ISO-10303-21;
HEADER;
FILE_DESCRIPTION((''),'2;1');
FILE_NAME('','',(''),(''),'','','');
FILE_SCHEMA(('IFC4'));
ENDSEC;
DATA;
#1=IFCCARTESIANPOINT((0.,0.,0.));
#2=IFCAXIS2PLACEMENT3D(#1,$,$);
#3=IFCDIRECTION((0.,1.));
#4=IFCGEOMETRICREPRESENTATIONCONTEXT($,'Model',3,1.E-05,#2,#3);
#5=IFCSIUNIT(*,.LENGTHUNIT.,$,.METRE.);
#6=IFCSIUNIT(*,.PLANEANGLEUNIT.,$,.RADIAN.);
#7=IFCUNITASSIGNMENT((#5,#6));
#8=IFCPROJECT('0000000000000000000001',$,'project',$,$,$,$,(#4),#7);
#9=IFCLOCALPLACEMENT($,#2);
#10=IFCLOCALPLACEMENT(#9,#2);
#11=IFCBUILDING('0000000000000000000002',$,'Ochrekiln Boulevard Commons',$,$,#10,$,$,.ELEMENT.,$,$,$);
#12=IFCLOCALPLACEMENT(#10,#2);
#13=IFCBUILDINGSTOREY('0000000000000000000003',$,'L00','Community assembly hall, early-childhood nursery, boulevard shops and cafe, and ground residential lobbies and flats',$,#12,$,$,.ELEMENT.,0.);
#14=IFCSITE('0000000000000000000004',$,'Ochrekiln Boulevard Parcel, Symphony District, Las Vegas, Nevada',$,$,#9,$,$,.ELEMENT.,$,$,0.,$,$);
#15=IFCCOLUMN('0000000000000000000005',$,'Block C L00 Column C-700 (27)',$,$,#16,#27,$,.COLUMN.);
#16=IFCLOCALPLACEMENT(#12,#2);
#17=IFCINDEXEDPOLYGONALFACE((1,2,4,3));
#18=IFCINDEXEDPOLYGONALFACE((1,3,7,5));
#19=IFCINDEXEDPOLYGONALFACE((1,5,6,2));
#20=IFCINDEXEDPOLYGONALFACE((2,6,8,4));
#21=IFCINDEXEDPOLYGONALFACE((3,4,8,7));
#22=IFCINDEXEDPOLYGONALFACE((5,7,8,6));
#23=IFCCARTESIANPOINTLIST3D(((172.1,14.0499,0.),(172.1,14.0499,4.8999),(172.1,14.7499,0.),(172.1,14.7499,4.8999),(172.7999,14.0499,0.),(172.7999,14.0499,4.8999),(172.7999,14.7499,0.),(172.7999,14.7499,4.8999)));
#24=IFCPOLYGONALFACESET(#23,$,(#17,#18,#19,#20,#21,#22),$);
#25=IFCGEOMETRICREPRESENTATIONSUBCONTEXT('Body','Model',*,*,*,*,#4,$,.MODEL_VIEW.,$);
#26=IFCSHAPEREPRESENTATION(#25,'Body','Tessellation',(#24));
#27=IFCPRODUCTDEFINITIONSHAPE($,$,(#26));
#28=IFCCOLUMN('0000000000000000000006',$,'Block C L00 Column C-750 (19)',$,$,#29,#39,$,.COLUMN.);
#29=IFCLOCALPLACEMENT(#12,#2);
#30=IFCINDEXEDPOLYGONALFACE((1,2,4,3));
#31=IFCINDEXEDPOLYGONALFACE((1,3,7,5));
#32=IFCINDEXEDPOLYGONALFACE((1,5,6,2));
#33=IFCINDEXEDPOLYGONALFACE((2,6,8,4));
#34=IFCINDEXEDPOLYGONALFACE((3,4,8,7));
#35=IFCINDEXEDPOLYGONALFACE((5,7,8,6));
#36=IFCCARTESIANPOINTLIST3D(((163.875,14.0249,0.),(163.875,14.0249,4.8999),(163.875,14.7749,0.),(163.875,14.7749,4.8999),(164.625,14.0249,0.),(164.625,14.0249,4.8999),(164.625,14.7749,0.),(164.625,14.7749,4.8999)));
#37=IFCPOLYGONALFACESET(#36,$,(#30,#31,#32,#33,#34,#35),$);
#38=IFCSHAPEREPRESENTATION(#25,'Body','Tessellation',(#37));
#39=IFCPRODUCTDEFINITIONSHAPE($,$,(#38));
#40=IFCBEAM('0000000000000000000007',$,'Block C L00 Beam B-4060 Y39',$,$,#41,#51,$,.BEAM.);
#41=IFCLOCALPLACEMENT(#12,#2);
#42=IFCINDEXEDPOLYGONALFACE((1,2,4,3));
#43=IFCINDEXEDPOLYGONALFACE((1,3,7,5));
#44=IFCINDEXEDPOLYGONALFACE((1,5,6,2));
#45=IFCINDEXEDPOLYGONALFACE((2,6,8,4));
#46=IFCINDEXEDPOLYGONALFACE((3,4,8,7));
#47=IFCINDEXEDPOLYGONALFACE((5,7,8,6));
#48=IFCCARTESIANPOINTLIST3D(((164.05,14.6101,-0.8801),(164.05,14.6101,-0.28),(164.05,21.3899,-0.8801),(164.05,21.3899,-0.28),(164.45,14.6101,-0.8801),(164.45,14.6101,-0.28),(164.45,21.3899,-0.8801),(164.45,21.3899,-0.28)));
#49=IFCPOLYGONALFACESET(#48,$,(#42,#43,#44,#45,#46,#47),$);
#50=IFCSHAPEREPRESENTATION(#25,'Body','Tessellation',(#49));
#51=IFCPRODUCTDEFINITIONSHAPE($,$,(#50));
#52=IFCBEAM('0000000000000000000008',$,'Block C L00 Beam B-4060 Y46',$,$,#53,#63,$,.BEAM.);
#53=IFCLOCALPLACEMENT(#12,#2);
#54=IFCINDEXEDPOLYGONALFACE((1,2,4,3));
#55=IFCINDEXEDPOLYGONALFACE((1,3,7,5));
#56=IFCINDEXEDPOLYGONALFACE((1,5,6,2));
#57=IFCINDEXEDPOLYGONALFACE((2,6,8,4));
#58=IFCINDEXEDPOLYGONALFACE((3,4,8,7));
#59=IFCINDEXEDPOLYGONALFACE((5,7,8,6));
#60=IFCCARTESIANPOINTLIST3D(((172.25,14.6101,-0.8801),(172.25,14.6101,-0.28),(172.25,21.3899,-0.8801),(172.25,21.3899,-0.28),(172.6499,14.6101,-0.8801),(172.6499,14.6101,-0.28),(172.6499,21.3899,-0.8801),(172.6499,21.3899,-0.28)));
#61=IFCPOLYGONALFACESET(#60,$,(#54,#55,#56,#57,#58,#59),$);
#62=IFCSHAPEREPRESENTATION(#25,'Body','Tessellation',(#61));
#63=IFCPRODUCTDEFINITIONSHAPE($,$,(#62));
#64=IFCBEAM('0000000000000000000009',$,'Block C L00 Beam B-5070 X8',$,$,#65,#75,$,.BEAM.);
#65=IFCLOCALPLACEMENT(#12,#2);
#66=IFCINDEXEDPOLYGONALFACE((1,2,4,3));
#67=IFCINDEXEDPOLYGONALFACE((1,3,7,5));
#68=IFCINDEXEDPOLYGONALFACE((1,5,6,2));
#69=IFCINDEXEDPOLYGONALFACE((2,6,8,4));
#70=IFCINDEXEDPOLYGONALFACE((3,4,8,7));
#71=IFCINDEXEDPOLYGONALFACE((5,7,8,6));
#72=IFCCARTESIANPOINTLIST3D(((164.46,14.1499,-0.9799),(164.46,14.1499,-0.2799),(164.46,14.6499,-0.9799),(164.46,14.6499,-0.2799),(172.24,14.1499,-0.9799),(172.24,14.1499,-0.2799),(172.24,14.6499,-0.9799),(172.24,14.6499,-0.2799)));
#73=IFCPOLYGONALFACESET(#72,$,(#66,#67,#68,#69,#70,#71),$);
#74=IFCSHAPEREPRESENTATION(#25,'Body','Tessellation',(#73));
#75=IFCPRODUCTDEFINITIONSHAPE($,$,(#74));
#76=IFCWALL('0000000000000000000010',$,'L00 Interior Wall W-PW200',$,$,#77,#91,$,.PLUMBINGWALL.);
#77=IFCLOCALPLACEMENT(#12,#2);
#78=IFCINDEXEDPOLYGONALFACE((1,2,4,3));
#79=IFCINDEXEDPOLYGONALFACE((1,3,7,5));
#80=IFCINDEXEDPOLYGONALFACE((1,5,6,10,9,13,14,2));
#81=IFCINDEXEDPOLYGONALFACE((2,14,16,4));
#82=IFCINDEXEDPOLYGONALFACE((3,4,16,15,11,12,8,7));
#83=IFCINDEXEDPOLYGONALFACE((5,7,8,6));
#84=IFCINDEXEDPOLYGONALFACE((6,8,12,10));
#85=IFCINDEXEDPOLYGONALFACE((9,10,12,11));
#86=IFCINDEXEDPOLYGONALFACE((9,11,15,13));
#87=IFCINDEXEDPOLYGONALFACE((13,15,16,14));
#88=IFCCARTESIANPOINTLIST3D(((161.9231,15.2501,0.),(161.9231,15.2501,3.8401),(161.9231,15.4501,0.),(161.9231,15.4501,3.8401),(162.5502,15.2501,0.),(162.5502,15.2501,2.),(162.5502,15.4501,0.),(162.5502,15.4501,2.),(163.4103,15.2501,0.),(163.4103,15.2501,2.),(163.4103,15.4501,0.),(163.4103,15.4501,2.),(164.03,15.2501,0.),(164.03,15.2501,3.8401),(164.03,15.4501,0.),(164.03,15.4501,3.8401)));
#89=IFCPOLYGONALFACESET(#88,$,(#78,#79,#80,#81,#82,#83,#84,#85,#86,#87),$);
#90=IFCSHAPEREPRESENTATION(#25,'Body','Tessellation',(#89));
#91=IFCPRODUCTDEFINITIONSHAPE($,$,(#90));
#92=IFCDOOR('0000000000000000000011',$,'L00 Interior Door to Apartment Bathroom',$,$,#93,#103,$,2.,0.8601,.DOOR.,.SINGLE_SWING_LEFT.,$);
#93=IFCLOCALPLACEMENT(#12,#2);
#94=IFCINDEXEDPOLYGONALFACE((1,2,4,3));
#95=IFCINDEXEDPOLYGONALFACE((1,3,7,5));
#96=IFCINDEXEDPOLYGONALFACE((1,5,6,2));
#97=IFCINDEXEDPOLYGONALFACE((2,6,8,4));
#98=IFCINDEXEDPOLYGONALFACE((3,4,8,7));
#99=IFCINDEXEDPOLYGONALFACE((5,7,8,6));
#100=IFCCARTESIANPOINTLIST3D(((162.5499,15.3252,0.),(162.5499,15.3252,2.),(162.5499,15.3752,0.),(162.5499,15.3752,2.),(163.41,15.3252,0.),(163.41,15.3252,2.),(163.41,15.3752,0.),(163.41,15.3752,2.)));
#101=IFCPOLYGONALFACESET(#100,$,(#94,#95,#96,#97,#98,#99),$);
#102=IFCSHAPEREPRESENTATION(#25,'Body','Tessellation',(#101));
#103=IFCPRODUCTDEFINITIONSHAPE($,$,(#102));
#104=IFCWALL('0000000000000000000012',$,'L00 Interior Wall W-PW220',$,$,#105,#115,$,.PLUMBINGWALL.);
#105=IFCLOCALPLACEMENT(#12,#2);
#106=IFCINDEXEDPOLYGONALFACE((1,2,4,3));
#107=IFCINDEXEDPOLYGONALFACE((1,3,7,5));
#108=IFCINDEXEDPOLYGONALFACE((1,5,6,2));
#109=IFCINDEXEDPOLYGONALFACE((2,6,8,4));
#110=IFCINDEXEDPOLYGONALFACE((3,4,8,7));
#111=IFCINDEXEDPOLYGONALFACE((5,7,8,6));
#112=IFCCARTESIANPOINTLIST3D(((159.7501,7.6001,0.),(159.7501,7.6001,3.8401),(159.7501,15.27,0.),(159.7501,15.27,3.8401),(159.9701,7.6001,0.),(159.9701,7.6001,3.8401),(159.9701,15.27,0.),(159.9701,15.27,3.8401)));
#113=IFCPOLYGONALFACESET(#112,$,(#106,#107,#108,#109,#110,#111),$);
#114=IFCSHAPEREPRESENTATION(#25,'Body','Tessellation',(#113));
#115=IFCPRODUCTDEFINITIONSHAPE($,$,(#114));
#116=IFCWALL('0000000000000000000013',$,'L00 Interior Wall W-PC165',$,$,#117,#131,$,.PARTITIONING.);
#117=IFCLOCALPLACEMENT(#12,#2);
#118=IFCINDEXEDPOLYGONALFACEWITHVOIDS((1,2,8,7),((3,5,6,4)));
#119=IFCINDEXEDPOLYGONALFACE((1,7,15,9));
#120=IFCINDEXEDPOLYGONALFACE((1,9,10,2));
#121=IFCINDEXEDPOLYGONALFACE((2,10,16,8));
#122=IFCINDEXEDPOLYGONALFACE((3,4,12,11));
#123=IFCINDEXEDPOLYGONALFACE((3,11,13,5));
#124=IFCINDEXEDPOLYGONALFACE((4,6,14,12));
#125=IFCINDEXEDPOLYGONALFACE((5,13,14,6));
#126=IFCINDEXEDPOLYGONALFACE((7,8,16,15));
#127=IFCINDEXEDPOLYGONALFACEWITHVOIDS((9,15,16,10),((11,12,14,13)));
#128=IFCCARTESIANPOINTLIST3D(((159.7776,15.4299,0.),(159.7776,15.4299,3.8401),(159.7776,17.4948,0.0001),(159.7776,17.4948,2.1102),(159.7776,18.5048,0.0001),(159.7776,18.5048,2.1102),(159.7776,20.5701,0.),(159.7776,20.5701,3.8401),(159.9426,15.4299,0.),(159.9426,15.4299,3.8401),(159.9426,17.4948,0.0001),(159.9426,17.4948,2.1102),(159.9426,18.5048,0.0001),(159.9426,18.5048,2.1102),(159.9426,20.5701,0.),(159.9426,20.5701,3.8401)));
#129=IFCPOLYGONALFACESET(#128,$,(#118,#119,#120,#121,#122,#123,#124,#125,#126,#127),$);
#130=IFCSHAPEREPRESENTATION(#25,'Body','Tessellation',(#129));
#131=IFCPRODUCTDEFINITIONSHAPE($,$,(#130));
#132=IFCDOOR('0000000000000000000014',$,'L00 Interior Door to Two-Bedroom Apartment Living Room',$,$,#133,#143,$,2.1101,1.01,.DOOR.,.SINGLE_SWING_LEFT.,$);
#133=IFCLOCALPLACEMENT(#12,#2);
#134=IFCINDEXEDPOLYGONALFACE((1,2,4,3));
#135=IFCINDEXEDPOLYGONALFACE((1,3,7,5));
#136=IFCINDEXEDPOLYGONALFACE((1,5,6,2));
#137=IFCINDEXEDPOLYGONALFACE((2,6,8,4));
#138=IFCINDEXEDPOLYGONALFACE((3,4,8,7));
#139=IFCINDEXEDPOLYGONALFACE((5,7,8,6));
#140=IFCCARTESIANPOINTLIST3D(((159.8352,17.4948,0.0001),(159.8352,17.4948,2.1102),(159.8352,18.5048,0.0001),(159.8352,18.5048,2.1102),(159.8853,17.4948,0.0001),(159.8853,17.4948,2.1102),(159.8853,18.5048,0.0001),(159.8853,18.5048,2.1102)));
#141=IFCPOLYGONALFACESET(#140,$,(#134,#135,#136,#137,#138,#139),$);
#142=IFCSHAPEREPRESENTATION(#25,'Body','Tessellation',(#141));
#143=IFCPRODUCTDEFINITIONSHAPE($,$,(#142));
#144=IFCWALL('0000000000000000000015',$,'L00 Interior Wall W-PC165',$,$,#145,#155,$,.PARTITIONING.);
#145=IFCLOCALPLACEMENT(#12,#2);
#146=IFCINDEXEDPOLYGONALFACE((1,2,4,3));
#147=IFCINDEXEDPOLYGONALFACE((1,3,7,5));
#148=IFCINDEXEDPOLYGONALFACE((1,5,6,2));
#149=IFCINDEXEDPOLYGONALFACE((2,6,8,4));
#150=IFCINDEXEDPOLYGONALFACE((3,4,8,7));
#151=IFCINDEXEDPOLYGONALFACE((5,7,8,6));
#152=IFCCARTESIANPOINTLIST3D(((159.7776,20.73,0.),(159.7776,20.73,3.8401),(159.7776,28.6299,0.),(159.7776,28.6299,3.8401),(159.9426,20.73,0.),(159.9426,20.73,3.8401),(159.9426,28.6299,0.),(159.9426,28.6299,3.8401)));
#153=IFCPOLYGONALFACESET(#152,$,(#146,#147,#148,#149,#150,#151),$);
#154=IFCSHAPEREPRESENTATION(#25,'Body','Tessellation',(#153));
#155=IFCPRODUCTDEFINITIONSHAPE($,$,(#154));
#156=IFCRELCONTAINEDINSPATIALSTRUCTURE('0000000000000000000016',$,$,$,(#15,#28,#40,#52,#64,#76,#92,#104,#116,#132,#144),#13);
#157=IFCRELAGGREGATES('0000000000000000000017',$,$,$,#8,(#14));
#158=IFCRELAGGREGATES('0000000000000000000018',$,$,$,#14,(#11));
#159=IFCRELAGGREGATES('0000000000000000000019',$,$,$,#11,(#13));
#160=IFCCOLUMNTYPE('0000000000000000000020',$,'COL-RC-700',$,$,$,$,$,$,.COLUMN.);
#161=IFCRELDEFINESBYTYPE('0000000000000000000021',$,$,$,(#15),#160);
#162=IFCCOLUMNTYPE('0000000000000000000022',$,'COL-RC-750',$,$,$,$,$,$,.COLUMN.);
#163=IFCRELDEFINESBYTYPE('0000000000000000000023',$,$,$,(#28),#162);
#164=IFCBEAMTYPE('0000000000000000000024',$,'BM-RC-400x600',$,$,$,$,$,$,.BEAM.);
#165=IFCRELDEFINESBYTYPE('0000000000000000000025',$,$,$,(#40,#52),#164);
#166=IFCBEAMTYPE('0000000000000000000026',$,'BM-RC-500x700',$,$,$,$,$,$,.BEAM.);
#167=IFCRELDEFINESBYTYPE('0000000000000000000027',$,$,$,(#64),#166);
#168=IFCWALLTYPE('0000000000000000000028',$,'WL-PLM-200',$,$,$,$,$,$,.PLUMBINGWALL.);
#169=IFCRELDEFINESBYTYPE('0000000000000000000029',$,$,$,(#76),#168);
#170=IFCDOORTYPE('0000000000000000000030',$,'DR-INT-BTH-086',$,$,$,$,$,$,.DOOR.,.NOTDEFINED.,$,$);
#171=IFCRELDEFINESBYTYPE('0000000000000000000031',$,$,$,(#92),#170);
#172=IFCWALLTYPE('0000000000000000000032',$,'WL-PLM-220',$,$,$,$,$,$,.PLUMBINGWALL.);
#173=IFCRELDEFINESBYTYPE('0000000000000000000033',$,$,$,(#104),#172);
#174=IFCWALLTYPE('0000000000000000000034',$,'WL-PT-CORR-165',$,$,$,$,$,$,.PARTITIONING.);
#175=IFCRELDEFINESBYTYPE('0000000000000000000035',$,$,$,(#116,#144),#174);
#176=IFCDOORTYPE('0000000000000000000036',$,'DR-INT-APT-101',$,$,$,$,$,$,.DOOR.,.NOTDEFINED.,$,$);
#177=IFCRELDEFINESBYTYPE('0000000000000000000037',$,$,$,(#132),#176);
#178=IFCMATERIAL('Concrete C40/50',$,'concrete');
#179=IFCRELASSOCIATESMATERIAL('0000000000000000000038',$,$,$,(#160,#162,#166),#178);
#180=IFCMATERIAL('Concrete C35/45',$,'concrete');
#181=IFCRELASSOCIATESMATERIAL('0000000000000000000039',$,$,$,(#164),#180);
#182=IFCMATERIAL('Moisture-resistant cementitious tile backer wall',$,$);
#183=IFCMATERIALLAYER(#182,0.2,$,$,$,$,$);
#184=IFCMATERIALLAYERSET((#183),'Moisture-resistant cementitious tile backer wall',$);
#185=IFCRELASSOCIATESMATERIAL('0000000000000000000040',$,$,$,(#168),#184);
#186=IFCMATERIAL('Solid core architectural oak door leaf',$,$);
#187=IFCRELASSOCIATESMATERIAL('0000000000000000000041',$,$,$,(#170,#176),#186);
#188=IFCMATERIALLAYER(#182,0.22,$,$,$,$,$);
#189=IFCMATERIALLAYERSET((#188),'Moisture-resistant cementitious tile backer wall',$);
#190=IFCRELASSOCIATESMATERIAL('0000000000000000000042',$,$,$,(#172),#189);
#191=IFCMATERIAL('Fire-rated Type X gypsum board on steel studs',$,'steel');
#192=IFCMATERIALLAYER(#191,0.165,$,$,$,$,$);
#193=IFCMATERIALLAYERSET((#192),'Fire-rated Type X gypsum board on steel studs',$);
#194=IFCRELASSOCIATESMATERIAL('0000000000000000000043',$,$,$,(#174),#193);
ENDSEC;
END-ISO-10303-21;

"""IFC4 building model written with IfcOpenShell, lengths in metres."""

from ifc_helpers import new_model, si_unit, direction, frame, frame_2d, origin, origin_2d, place, context, subcontext, project, spatial, rectangle, extrude, material, layer, layer_set, material_profile, profile_set, type_object, element, fill, save


model = new_model("IFC4")

# Units and contexts
model_context = context("Model", 3, precision=1e-05, world=origin(), true_north=direction((0.0, 1.0)))
body_context = subcontext(model_context, "Body", "Model", "MODEL_VIEW")
ifc_project = project(units=[si_unit("LENGTHUNIT", "METRE"), si_unit("PLANEANGLEUNIT", "RADIAN")], contexts=[model_context])

# Site, building, storey
site_placement = place(None, origin())
site = spatial("IfcSite", under=ifc_project, at=site_placement, Name="Ochrekiln Boulevard Parcel, Symphony District, Las Vegas, Nevada", CompositionType="ELEMENT", RefElevation=0.0)
building_placement = place(site_placement, origin())
building = spatial("IfcBuilding", under=site, at=building_placement, Name="Ochrekiln Boulevard Commons", CompositionType="ELEMENT")
storey_placement = place(building_placement, origin())
storey = spatial("IfcBuildingStorey", under=building, at=storey_placement, Name="L00", Description="Community assembly hall, early-childhood nursery, boulevard shops and cafe, and ground residential lobbies and flats", CompositionType="ELEMENT", Elevation=0.0)

# Columns
ifc_material_1 = material(Name="Concrete C40/50", Category="concrete")
ifc_material_profile_1 = material_profile(ifc_material_1, rectangle(XDim=0.7, YDim=0.7, at=origin_2d()), Name="RC-COL-700x700")
ifc_profile_set_1 = profile_set([ifc_material_profile_1], Name="Concrete C40/50")
column_type_1 = type_object("IfcColumnType", Name="COL-RC-700", PredefinedType="COLUMN", material=ifc_profile_set_1)
column_1_placement = place(storey_placement, frame((172.45, 14.3999, 0.0), z_axis=(0.0, 0.0, 1.0), x_axis=(1.0, 0.0, 0.0)))
element("IfcColumn", 1, at=column_1_placement, inside=storey, type_object=column_type_1, Name="Block C L00 Column C-700 (27)", PredefinedType="COLUMN", context=body_context, shape_type="SweptSolid", body=[
    extrude(rectangle(XDim=0.7, YDim=0.7, at=origin_2d()), origin(), (0.0, 0.0, 1.0), 4.8999),
])
ifc_material_profile_2 = material_profile(ifc_material_1, rectangle(XDim=0.75, YDim=0.75, at=origin_2d()), Name="RC-COL-750x750")
ifc_profile_set_2 = profile_set([ifc_material_profile_2], Name="Concrete C40/50")
column_type_2 = type_object("IfcColumnType", Name="COL-RC-750", PredefinedType="COLUMN", material=ifc_profile_set_2)
column_2_placement = place(storey_placement, frame((164.25, 14.3999, 0.0), z_axis=(0.0, 0.0, 1.0), x_axis=(1.0, 0.0, 0.0)))
element("IfcColumn", 2, at=column_2_placement, inside=storey, type_object=column_type_2, Name="Block C L00 Column C-750 (19)", PredefinedType="COLUMN", context=body_context, shape_type="SweptSolid", body=[
    extrude(rectangle(XDim=0.75, YDim=0.75, at=origin_2d()), origin(), (0.0, 0.0, 1.0), 4.8999),
])

# Beams
ifc_material_2 = material(Name="Concrete C35/45", Category="concrete")
ifc_material_profile_3 = material_profile(ifc_material_2, rectangle(XDim=0.3999, YDim=0.6001, at=origin_2d()), Name="RC-BM-400x600")
ifc_profile_set_3 = profile_set([ifc_material_profile_3], Name="Concrete C35/45")
beam_type_1 = type_object("IfcBeamType", Name="BM-RC-400x600", PredefinedType="BEAM", material=ifc_profile_set_3)
for number, where, z_axis, x_axis, name in (
    (3, (164.25, 14.6101, -0.5801), (0.0, 1.0, 0.0), (-1.0, 0.0, 0.0), "Block C L00 Beam B-4060 Y39"),
    (4, (172.45, 14.6101, -0.5801), (0.0, 1.0, 0.0), (-1.0, 0.0, 0.0), "Block C L00 Beam B-4060 Y46"),
):
    element("IfcBeam", number, at=place(storey_placement, frame(where, z_axis=z_axis, x_axis=x_axis)), inside=storey, type_object=beam_type_1, Name=name, PredefinedType="BEAM", context=body_context, shape_type="SweptSolid", body=[
        extrude(rectangle(XDim=0.3999, YDim=0.6001, at=origin_2d()), origin(), (0.0, 0.0, 1.0), 6.7798),
    ])
ifc_material_profile_4 = material_profile(ifc_material_1, rectangle(XDim=0.5, YDim=0.7, at=origin_2d()), Name="RC-BM-500x700")
ifc_profile_set_4 = profile_set([ifc_material_profile_4], Name="Concrete C40/50")
beam_type_2 = type_object("IfcBeamType", Name="BM-RC-500x700", PredefinedType="BEAM", material=ifc_profile_set_4)
beam_placement = place(storey_placement, frame((164.46, 14.3999, -0.6299), z_axis=(1.0, 0.0, 0.0), x_axis=(0.0, 1.0, 0.0)))
element("IfcBeam", 5, at=beam_placement, inside=storey, type_object=beam_type_2, Name="Block C L00 Beam B-5070 X8", PredefinedType="BEAM", context=body_context, shape_type="SweptSolid", body=[
    extrude(rectangle(XDim=0.5, YDim=0.7, at=origin_2d()), origin(), (0.0, 0.0, 1.0), 7.78),
])

# Wall, opening, door
ifc_material_3 = material(Name="Moisture-resistant cementitious tile backer wall")
ifc_layer_1 = layer(ifc_material_3, 0.2)
ifc_layer_set_1 = layer_set([ifc_layer_1], Name="Moisture-resistant cementitious tile backer wall")
wall_type_1 = type_object("IfcWallType", Name="WL-PLM-200", PredefinedType="PLUMBINGWALL", material=ifc_layer_set_1)
wall_1_placement = place(storey_placement, frame((161.9231, 15.3501, 0.0), z_axis=(0.0, 0.0, 1.0), x_axis=(1.0, 0.0, 0.0)))
wall_1 = element("IfcWall", 6, at=wall_1_placement, inside=storey, type_object=wall_type_1, Name="L00 Interior Wall W-PW200", PredefinedType="PLUMBINGWALL", context=body_context, shape_type="SweptSolid", body=[
    extrude(rectangle(XDim=2.1069, YDim=0.2, at=frame_2d((1.0535, 0.0))), origin(), (0.0, 0.0, 1.0), 3.8401),
])
opening_1_placement = place(wall_1_placement, frame((0.627, 0.0, 0.0)))
opening_1 = element("IfcOpeningElement", 7, at=opening_1_placement, cuts=wall_1, PredefinedType="OPENING", context=body_context, shape_type="SweptSolid", body=[
    extrude(rectangle(XDim=0.8601, YDim=2.0, at=frame_2d((0.4302, 1.0))), frame((0.0, 0.1099, 0.0), z_axis=(0.0, -1.0, 0.0), x_axis=(1.0, 0.0, 0.0)), (0.0, 0.0, 1.0), 0.22),
])
ifc_material_4 = material(Name="Solid core architectural oak door leaf")
door_type_1 = type_object("IfcDoorType", Name="DR-INT-BTH-086", OperationType="NOTDEFINED", PredefinedType="DOOR", material=ifc_material_4)
door_1_placement = place(opening_1_placement, frame((0.8601, 0.0, 0.0), z_axis=(0.0, 0.0, 1.0), x_axis=(-1.0, 0.0, 0.0)))
door_1 = element("IfcDoor", 8, at=door_1_placement, inside=storey, type_object=door_type_1, Name="L00 Interior Door to Apartment Bathroom", OperationType="SINGLE_SWING_LEFT", OverallHeight=2.0, OverallWidth=0.8601, PredefinedType="DOOR", context=body_context, shape_type="SweptSolid", body=[
    extrude(rectangle(XDim=0.8601, YDim=2.0, at=frame_2d((0.4302, 1.0))), frame((0.0, 0.0249, 0.0), z_axis=(0.0, -1.0, 0.0), x_axis=(1.0, 0.0, 0.0)), (0.0, 0.0, 1.0), 0.05),
])
fill(opening_1, door_1)

# Wall
ifc_layer_2 = layer(ifc_material_3, 0.22)
ifc_layer_set_2 = layer_set([ifc_layer_2], Name="Moisture-resistant cementitious tile backer wall")
wall_type_2 = type_object("IfcWallType", Name="WL-PLM-220", PredefinedType="PLUMBINGWALL", material=ifc_layer_set_2)
wall_2_placement = place(storey_placement, frame((159.8601, 7.6001, 0.0), z_axis=(0.0, 0.0, 1.0), x_axis=(0.0, 1.0, 0.0)))
element("IfcWall", 9, at=wall_2_placement, inside=storey, type_object=wall_type_2, Name="L00 Interior Wall W-PW220", PredefinedType="PLUMBINGWALL", context=body_context, shape_type="SweptSolid", body=[
    extrude(rectangle(XDim=7.6699, YDim=0.22, at=frame_2d((3.835, 0.0))), origin(), (0.0, 0.0, 1.0), 3.8401),
])

# Wall, opening, door
ifc_material_5 = material(Name="Fire-rated Type X gypsum board on steel studs", Category="steel")
ifc_layer_3 = layer(ifc_material_5, 0.165)
ifc_layer_set_3 = layer_set([ifc_layer_3], Name="Fire-rated Type X gypsum board on steel studs")
wall_type_3 = type_object("IfcWallType", Name="WL-PT-CORR-165", PredefinedType="PARTITIONING", material=ifc_layer_set_3)
wall_3_placement = place(storey_placement, frame((159.8601, 15.4299, 0.0), z_axis=(0.0, 0.0, 1.0), x_axis=(0.0, 1.0, 0.0)))
wall_3 = element("IfcWall", 10, at=wall_3_placement, inside=storey, type_object=wall_type_3, Name="L00 Interior Wall W-PC165", PredefinedType="PARTITIONING", context=body_context, shape_type="SweptSolid", body=[
    extrude(rectangle(XDim=5.1401, YDim=0.165, at=frame_2d((2.5701, 0.0))), origin(), (0.0, 0.0, 1.0), 3.8401),
])
opening_2_placement = place(wall_3_placement, frame((2.0649, 0.0, 0.0)))
opening_2 = element("IfcOpeningElement", 11, at=opening_2_placement, cuts=wall_3, PredefinedType="OPENING", context=body_context, shape_type="SweptSolid", body=[
    extrude(rectangle(XDim=1.01, YDim=2.1101, at=frame_2d((0.5049, 1.0552))), frame((0.0, 0.0925, 0.0), z_axis=(0.0, -1.0, 0.0), x_axis=(1.0, 0.0, 0.0)), (0.0, 0.0, 1.0), 0.1851),
])
door_type_2 = type_object("IfcDoorType", Name="DR-INT-APT-101", OperationType="NOTDEFINED", PredefinedType="DOOR", material=ifc_material_4)
door_2_placement = place(opening_2_placement, origin())
door_2 = element("IfcDoor", 12, at=door_2_placement, inside=storey, type_object=door_type_2, Name="L00 Interior Door to Two-Bedroom Apartment Living Room", OperationType="SINGLE_SWING_LEFT", OverallHeight=2.1101, OverallWidth=1.01, PredefinedType="DOOR", context=body_context, shape_type="SweptSolid", body=[
    extrude(rectangle(XDim=1.01, YDim=2.1101, at=frame_2d((0.5049, 1.0552))), frame((0.0, 0.0249, 0.0), z_axis=(0.0, -1.0, 0.0), x_axis=(1.0, 0.0, 0.0)), (0.0, 0.0, 1.0), 0.05),
])
fill(opening_2, door_2)

# Wall
wall_4_placement = place(storey_placement, frame((159.8601, 20.73, 0.0), z_axis=(0.0, 0.0, 1.0), x_axis=(0.0, 1.0, 0.0)))
element("IfcWall", 13, at=wall_4_placement, inside=storey, type_object=wall_type_3, Name="L00 Interior Wall W-PC165", PredefinedType="PARTITIONING", context=body_context, shape_type="SweptSolid", body=[
    extrude(rectangle(XDim=7.8999, YDim=0.165, at=frame_2d((3.95, 0.0))), origin(), (0.0, 0.0, 1.0), 3.8401),
])

save(model, "model.ifc")
